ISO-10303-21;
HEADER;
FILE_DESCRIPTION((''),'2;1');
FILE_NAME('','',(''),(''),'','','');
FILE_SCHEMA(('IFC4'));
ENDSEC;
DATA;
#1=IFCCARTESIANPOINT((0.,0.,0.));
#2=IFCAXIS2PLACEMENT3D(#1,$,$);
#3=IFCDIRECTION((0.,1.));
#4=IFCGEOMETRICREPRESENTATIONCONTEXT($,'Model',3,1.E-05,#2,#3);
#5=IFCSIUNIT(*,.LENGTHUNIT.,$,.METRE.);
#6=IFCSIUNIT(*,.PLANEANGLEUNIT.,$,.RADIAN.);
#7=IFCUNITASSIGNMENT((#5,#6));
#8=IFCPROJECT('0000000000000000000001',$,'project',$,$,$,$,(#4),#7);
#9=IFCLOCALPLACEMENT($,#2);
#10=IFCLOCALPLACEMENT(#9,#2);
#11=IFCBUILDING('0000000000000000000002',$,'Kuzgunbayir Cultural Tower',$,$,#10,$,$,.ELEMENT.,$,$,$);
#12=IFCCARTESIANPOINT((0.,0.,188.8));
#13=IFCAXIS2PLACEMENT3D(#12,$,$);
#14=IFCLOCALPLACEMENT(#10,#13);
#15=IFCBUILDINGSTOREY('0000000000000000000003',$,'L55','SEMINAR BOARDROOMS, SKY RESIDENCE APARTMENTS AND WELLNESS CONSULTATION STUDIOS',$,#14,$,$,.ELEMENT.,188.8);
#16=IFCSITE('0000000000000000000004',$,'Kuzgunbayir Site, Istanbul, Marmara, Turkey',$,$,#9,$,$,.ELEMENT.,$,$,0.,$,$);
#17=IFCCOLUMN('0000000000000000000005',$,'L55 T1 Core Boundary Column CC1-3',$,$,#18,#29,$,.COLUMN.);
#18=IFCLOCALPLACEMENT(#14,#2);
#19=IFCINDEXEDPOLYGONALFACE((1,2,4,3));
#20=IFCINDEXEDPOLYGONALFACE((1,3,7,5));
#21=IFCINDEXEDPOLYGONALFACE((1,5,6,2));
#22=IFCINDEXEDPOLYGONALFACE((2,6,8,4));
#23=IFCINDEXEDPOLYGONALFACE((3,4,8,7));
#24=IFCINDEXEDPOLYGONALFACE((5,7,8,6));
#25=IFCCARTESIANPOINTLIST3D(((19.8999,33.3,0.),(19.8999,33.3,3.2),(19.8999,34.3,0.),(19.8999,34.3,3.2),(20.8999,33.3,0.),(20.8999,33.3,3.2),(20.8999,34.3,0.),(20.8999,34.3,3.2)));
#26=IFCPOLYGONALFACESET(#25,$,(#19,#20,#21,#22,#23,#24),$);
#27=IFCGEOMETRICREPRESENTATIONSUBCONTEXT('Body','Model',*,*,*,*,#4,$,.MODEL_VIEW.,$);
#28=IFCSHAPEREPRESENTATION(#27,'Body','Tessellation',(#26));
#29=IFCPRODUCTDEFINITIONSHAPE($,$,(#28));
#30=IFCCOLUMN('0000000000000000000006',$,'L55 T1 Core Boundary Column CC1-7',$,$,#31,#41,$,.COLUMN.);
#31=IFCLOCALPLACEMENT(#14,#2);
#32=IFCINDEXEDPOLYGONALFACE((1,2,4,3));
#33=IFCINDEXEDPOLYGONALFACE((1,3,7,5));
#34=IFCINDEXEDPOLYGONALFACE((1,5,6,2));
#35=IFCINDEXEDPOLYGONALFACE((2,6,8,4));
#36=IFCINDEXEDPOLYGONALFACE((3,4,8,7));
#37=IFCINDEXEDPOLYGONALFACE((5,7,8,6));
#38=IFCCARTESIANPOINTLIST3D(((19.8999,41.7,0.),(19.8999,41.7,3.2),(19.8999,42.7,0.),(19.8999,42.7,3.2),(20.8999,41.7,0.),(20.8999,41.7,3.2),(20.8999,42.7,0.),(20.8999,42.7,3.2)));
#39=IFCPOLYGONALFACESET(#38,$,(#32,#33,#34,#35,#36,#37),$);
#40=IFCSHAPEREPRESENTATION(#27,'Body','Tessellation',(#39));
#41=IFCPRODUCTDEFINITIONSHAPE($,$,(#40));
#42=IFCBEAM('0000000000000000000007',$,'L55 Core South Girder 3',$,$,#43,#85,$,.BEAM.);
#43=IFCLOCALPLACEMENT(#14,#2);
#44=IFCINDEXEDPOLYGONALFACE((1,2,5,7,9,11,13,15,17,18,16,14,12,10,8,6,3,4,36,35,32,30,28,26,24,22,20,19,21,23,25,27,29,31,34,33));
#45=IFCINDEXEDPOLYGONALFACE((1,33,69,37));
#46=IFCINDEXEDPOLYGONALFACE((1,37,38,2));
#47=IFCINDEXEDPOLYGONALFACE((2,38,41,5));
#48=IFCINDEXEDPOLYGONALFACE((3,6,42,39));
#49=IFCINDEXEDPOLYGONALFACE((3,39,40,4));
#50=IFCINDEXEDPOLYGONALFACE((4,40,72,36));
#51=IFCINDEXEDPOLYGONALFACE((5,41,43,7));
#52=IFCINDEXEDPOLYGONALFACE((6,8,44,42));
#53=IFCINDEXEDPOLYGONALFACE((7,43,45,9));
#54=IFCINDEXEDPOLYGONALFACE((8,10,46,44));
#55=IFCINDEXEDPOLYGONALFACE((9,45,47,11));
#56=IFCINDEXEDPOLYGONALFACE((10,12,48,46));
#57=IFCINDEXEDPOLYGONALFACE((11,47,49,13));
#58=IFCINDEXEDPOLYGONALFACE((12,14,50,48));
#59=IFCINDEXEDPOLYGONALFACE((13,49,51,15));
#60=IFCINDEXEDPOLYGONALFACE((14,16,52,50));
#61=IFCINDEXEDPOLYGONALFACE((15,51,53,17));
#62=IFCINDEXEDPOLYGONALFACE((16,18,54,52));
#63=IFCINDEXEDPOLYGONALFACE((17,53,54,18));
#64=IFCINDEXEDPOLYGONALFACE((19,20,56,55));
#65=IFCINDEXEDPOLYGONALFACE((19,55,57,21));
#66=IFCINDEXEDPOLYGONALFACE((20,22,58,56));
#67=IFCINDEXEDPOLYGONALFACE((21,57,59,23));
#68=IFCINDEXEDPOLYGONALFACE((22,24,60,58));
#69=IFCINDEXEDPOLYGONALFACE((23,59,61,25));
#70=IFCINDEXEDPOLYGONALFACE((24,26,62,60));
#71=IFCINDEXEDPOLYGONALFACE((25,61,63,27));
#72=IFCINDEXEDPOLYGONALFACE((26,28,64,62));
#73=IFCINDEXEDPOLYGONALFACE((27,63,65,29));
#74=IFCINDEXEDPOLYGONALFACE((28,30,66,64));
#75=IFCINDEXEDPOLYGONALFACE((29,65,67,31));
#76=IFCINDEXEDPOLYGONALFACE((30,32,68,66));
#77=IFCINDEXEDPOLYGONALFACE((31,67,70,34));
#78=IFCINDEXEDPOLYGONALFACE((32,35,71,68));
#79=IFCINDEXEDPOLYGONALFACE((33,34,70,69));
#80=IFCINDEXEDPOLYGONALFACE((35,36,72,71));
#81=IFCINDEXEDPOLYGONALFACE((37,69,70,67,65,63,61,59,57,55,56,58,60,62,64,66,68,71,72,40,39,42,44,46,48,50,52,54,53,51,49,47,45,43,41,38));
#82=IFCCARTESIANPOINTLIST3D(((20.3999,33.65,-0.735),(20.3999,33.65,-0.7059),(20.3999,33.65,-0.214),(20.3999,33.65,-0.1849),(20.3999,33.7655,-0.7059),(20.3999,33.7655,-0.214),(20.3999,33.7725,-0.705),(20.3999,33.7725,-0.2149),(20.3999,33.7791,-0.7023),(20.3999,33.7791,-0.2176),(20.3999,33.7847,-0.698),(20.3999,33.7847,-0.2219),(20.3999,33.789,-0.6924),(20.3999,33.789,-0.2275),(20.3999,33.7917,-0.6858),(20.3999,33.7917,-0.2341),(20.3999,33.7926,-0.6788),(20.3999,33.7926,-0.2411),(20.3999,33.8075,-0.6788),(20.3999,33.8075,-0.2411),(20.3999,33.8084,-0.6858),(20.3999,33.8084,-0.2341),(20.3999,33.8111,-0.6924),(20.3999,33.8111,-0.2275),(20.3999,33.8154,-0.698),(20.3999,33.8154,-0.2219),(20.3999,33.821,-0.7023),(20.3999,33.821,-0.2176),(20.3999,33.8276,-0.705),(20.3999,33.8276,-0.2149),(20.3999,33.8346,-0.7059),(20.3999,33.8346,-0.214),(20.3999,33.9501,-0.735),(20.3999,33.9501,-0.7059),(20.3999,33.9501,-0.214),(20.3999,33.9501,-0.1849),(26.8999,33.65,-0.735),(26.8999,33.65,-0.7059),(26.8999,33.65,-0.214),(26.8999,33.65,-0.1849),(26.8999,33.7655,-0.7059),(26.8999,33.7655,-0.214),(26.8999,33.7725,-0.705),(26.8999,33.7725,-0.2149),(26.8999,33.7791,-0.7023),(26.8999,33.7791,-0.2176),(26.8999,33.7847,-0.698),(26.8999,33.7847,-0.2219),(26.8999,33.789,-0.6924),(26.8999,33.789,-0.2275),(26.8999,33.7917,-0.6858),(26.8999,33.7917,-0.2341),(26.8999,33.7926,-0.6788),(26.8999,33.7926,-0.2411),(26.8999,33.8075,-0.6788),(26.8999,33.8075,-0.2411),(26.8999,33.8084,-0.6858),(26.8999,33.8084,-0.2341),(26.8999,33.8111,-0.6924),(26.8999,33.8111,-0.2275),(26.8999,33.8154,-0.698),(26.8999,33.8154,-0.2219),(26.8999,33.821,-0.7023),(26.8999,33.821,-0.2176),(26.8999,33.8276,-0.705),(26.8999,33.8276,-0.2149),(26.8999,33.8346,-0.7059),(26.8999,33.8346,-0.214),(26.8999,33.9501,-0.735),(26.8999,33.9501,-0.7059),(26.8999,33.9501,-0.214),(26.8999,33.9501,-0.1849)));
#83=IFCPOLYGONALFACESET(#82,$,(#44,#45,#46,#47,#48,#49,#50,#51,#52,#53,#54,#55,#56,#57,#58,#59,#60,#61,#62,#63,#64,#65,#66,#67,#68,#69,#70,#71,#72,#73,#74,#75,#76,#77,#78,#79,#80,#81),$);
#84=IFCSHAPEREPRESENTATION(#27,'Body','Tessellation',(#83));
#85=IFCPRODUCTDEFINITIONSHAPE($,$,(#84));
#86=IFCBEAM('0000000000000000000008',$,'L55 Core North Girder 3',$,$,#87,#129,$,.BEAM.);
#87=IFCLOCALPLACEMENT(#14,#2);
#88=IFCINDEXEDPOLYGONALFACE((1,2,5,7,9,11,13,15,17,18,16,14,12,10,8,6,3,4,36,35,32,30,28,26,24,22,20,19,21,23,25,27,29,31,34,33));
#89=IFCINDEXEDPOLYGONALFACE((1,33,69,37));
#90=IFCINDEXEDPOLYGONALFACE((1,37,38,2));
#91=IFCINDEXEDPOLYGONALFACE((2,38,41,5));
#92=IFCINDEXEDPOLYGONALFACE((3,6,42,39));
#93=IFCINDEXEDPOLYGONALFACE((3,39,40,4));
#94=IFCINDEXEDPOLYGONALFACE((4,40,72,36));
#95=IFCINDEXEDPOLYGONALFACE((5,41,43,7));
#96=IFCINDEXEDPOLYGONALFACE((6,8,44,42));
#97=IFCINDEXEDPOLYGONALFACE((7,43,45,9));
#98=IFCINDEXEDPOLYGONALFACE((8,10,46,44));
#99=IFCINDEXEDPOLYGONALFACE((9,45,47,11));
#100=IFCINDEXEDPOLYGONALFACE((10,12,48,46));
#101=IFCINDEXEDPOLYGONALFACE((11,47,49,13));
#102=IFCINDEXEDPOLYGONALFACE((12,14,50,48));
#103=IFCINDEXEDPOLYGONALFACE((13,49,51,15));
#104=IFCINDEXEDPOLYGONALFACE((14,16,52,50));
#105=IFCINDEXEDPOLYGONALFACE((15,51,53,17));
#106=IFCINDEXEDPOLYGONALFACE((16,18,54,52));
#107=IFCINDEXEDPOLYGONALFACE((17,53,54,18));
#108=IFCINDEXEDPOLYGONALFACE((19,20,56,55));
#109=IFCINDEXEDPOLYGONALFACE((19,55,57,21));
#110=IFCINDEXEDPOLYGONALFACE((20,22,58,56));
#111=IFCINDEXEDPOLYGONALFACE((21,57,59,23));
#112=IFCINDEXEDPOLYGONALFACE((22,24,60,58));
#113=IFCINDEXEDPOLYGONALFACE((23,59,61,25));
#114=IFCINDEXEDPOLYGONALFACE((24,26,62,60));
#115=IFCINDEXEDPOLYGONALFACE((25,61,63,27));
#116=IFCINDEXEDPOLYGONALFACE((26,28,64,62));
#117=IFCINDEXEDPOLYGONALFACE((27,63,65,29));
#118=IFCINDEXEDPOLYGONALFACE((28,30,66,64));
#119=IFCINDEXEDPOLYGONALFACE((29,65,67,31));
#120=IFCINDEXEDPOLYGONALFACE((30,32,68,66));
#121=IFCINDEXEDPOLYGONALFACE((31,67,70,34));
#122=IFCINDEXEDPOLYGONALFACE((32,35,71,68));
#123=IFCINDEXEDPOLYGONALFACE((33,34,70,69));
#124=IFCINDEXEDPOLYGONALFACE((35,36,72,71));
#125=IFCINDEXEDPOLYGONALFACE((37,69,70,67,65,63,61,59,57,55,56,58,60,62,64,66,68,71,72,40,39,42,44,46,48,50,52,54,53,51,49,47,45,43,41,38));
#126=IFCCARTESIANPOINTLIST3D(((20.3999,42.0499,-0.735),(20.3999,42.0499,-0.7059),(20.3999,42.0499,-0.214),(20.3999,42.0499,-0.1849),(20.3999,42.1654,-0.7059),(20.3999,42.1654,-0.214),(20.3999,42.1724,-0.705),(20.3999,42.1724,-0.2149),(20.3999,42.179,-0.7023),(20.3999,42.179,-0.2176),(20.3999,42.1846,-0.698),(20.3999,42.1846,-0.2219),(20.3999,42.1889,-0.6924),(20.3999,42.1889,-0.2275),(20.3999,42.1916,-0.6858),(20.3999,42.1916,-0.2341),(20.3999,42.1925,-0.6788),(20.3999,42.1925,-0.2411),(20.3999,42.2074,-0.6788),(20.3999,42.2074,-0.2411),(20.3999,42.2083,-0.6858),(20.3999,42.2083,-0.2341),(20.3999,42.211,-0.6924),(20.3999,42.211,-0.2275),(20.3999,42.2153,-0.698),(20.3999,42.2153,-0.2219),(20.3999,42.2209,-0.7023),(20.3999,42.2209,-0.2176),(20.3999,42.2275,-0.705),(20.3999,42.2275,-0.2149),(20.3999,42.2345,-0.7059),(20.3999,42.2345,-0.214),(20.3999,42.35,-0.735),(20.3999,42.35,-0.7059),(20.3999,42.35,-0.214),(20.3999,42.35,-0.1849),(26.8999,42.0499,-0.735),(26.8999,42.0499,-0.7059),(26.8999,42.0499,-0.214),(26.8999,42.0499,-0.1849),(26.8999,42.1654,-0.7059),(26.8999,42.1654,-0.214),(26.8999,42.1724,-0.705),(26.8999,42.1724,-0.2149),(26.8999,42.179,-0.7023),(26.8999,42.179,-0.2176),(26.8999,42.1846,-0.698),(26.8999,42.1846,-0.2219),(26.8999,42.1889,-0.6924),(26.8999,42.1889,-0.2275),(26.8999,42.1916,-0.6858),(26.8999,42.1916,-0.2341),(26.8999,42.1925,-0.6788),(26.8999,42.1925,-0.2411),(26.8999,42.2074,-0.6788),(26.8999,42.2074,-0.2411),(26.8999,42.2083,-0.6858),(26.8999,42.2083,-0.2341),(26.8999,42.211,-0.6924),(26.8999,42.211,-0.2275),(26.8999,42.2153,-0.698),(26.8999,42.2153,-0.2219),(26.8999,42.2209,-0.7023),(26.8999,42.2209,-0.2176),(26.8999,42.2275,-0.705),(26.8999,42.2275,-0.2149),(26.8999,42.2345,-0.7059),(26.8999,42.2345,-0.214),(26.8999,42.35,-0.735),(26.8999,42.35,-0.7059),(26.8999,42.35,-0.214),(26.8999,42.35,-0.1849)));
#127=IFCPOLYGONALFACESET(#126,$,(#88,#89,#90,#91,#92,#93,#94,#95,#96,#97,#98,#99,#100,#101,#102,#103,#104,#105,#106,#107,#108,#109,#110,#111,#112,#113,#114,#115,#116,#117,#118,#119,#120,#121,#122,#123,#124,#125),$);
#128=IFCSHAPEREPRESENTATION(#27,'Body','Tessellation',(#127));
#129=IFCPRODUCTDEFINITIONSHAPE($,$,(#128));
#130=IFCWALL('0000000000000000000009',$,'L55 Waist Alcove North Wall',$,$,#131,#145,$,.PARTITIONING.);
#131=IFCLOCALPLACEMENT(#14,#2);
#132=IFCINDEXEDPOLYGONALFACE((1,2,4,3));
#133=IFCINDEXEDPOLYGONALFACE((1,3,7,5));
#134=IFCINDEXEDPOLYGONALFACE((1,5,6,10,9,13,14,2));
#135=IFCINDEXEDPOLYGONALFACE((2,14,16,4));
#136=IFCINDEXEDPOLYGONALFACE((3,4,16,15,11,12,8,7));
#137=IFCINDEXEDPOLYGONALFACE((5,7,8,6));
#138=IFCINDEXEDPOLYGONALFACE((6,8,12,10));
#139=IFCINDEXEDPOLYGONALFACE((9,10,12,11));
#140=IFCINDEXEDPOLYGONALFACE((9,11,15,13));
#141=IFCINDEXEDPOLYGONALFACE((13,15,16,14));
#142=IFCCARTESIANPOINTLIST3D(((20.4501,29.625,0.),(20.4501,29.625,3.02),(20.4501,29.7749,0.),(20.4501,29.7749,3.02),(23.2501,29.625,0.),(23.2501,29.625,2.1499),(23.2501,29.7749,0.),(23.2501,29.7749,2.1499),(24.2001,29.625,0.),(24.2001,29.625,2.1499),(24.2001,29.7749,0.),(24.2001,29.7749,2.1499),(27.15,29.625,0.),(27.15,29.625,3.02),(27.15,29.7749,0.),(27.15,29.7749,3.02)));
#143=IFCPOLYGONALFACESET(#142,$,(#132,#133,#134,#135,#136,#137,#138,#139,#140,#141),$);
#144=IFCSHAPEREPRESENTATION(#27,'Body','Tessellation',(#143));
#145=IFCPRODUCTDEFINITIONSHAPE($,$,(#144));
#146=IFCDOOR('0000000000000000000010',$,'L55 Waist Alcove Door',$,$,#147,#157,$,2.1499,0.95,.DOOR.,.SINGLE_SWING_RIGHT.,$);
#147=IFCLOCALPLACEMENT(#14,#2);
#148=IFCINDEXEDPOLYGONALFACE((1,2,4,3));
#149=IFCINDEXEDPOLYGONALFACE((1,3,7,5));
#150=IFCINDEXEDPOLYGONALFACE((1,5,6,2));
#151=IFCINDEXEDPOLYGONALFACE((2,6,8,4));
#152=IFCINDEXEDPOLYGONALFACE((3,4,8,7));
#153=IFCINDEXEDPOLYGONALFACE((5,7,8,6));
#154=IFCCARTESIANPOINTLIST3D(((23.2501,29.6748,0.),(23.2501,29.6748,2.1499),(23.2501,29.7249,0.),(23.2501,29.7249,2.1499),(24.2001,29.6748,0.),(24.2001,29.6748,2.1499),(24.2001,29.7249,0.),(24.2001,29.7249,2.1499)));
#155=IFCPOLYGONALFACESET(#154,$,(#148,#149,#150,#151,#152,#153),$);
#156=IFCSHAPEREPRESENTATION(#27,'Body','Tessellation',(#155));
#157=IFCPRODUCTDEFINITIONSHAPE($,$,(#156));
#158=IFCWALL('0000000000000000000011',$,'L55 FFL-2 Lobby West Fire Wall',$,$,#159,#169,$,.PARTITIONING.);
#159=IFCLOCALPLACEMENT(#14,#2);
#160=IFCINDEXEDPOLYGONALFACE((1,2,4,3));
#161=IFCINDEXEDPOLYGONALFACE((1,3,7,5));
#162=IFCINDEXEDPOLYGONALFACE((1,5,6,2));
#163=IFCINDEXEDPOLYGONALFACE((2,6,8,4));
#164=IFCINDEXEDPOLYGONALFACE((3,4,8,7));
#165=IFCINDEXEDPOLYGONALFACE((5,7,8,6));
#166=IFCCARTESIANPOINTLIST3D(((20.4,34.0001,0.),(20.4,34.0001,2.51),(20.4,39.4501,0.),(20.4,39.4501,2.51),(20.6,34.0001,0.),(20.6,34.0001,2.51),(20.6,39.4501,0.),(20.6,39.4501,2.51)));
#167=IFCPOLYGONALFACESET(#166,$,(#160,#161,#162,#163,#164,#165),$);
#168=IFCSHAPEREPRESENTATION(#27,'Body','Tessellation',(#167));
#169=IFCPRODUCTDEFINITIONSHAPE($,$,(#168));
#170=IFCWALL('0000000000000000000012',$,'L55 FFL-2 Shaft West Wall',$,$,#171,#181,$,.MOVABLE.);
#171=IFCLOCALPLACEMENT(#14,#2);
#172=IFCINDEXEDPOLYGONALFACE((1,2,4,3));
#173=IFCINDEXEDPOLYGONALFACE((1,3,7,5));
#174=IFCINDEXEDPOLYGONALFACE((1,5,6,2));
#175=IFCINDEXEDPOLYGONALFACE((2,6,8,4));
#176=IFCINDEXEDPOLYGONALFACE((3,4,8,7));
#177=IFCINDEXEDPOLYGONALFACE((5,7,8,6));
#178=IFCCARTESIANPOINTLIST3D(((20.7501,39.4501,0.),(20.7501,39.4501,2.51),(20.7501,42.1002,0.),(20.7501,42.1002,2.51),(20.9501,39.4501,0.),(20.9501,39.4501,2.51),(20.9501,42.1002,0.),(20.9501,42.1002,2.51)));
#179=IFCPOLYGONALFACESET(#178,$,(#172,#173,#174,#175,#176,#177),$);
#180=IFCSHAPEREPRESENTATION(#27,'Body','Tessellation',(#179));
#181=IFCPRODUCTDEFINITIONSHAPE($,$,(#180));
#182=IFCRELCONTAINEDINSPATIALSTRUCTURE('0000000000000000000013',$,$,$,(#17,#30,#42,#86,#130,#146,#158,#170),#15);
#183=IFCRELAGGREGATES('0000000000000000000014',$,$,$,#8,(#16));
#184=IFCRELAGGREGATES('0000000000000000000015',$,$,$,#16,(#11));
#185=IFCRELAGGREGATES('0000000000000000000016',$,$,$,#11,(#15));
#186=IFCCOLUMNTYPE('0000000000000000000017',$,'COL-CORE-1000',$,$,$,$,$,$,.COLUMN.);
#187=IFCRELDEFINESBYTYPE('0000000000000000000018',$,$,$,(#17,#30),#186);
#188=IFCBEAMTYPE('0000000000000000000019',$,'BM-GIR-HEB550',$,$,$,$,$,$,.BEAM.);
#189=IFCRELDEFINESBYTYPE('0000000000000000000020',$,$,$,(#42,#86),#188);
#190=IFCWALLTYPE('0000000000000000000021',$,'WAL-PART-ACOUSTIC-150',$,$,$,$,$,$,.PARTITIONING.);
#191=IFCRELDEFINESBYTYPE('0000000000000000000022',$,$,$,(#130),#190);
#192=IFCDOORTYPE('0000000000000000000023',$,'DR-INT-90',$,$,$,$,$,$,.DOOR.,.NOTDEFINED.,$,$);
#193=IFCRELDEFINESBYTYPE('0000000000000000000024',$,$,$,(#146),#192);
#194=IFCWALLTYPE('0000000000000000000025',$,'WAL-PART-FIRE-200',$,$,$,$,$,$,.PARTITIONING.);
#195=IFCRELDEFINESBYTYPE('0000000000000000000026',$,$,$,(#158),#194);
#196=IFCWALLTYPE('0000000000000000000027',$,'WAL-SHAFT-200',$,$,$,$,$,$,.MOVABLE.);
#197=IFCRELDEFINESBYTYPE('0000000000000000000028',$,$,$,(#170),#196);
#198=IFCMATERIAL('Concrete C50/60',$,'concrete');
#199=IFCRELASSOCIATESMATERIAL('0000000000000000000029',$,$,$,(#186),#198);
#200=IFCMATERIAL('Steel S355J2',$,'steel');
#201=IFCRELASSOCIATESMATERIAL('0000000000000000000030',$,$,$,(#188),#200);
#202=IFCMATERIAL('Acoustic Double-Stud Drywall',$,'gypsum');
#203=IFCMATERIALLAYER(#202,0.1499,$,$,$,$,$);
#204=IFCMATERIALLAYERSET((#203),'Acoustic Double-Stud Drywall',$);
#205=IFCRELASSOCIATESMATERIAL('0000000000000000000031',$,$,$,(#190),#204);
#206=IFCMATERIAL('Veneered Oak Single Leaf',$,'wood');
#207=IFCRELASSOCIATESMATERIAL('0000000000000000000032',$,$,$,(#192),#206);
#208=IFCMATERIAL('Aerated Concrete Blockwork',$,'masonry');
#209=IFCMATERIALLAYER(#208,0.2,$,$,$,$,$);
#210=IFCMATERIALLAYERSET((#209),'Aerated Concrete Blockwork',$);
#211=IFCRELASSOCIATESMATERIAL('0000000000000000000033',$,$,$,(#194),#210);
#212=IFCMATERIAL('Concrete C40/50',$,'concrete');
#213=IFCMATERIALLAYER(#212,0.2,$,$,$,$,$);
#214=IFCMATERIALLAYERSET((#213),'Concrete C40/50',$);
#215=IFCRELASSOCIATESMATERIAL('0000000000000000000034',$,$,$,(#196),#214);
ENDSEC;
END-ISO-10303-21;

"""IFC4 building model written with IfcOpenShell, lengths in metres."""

from ifc_helpers import new_model, si_unit, direction, frame, frame_2d, origin, origin_2d, place, context, subcontext, project, spatial, rectangle, i_section, extrude, material, layer, layer_set, material_profile, profile_set, type_object, element, fill, save


model = new_model("IFC4")

# Units and contexts
model_context = context("Model", 3, precision=1e-05, world=origin(), true_north=direction((0.0, 1.0)))
body_context = subcontext(model_context, "Body", "Model", "MODEL_VIEW")
ifc_project = project(units=[si_unit("LENGTHUNIT", "METRE"), si_unit("PLANEANGLEUNIT", "RADIAN")], contexts=[model_context])

# Site, building, storey
site_placement = place(None, origin())
site = spatial("IfcSite", under=ifc_project, at=site_placement, Name="Kuzgunbayir Site, Istanbul, Marmara, Turkey", CompositionType="ELEMENT", RefElevation=0.0)
building_placement = place(site_placement, origin())
building = spatial("IfcBuilding", under=site, at=building_placement, Name="Kuzgunbayir Cultural Tower", CompositionType="ELEMENT")
storey_placement = place(building_placement, frame((0.0, 0.0, 188.8)))
storey = spatial("IfcBuildingStorey", under=building, at=storey_placement, Name="L55", Description="SEMINAR BOARDROOMS, SKY RESIDENCE APARTMENTS AND WELLNESS CONSULTATION STUDIOS", CompositionType="ELEMENT", Elevation=188.8)

# Columns
ifc_material_1 = material(Name="Concrete C50/60", Category="concrete")
ifc_material_profile_1 = material_profile(ifc_material_1, rectangle(XDim=1.0, YDim=1.0, at=origin_2d()), Name="RC 1000x1000")
ifc_profile_set_1 = profile_set([ifc_material_profile_1], Name="Concrete C50/60")
column_type = type_object("IfcColumnType", Name="COL-CORE-1000", PredefinedType="COLUMN", material=ifc_profile_set_1)
for number, where, z_axis, x_axis, name in (
    (1, (20.3999, 33.8, 0.0), (0.0, 0.0, 1.0), (1.0, 0.0, 0.0), "L55 T1 Core Boundary Column CC1-3"),
    (2, (20.3999, 42.2, 0.0), (0.0, 0.0, 1.0), (1.0, 0.0, 0.0), "L55 T1 Core Boundary Column CC1-7"),
):
    element("IfcColumn", number, at=place(storey_placement, frame(where, z_axis=z_axis, x_axis=x_axis)), inside=storey, type_object=column_type, Name=name, PredefinedType="COLUMN", context=body_context, shape_type="SweptSolid", body=[
        extrude(rectangle(XDim=1.0, YDim=1.0, at=origin_2d()), origin(), (0.0, 0.0, 1.0), 3.2),
    ])

# Beams
ifc_material_2 = material(Name="Steel S355J2", Category="steel")
ifc_material_profile_2 = material_profile(ifc_material_2, i_section(OverallWidth=0.3, OverallDepth=0.55, WebThickness=0.0149, FlangeThickness=0.0291, FilletRadius=0.0271, at=origin_2d()), Name="HEB 550")
ifc_profile_set_2 = profile_set([ifc_material_profile_2], Name="Steel S355J2")
beam_type = type_object("IfcBeamType", Name="BM-GIR-HEB550", PredefinedType="BEAM", material=ifc_profile_set_2)
for number, where, z_axis, x_axis, name in (
    (3, (20.3999, 33.8, -0.46), (1.0, 0.0, 0.0), (0.0, 1.0, 0.0), "L55 Core South Girder 3"),
    (4, (20.3999, 42.2, -0.46), (1.0, 0.0, 0.0), (0.0, 1.0, 0.0), "L55 Core North Girder 3"),
):
    element("IfcBeam", number, at=place(storey_placement, frame(where, z_axis=z_axis, x_axis=x_axis)), inside=storey, type_object=beam_type, Name=name, PredefinedType="BEAM", context=body_context, shape_type="SweptSolid", body=[
        extrude(i_section(OverallWidth=0.3, OverallDepth=0.55, WebThickness=0.0149, FlangeThickness=0.0291, FilletRadius=0.0271, at=origin_2d()), origin(), (0.0, 0.0, 1.0), 6.5),
    ])

# Wall, opening, door
ifc_material_3 = material(Name="Acoustic Double-Stud Drywall", Category="gypsum")
ifc_layer_1 = layer(ifc_material_3, 0.1499)
ifc_layer_set_1 = layer_set([ifc_layer_1], Name="Acoustic Double-Stud Drywall")
wall_type_1 = type_object("IfcWallType", Name="WAL-PART-ACOUSTIC-150", PredefinedType="PARTITIONING", material=ifc_layer_set_1)
wall_1_placement = place(storey_placement, frame((20.45, 29.7, 0.0), z_axis=(0.0, 0.0, 1.0), x_axis=(1.0, 0.0, 0.0)))
wall_1 = element("IfcWall", 5, at=wall_1_placement, inside=storey, type_object=wall_type_1, Name="L55 Waist Alcove North Wall", PredefinedType="PARTITIONING", context=body_context, shape_type="SweptSolid", body=[
    extrude(rectangle(XDim=6.7, YDim=0.1499, at=frame_2d((3.3501, 0.0))), origin(), (0.0, 0.0, 1.0), 3.02),
])
opening_1_placement = place(wall_1_placement, frame((2.8, 0.0, 0.0)))
opening_1 = element("IfcOpeningElement", 6, at=opening_1_placement, cuts=wall_1, PredefinedType="OPENING", context=body_context, shape_type="SweptSolid", body=[
    extrude(rectangle(XDim=0.95, YDim=2.1499, at=frame_2d((0.4751, 1.075))), frame((0.0, 0.085, 0.0), z_axis=(0.0, -1.0, 0.0), x_axis=(1.0, 0.0, 0.0)), (0.0, 0.0, 1.0), 0.1699),
])
ifc_material_4 = material(Name="Veneered Oak Single Leaf", Category="wood")
door_type_1 = type_object("IfcDoorType", Name="DR-INT-90", OperationType="NOTDEFINED", PredefinedType="DOOR", material=ifc_material_4)
door_1_placement = place(opening_1_placement, origin())
door_1 = element("IfcDoor", 7, at=door_1_placement, inside=storey, type_object=door_type_1, Name="L55 Waist Alcove Door", OperationType="SINGLE_SWING_RIGHT", OverallHeight=2.1499, OverallWidth=0.95, PredefinedType="DOOR", context=body_context, shape_type="SweptSolid", body=[
    extrude(rectangle(XDim=0.95, YDim=2.1499, at=frame_2d((0.4751, 1.075))), frame((0.0, 0.0249, 0.0), z_axis=(0.0, -1.0, 0.0), x_axis=(1.0, 0.0, 0.0)), (0.0, 0.0, 1.0), 0.05),
])
fill(opening_1, door_1)

# Wall
ifc_material_5 = material(Name="Aerated Concrete Blockwork", Category="masonry")
ifc_layer_2 = layer(ifc_material_5, 0.2)
ifc_layer_set_2 = layer_set([ifc_layer_2], Name="Aerated Concrete Blockwork")
wall_type_2 = type_object("IfcWallType", Name="WAL-PART-FIRE-200", PredefinedType="PARTITIONING", material=ifc_layer_set_2)
wall_2_placement = place(storey_placement, frame((20.5, 34.0, 0.0), z_axis=(0.0, 0.0, 1.0), x_axis=(0.0, 1.0, 0.0)))
element("IfcWall", 8, at=wall_2_placement, inside=storey, type_object=wall_type_2, Name="L55 FFL-2 Lobby West Fire Wall", PredefinedType="PARTITIONING", context=body_context, shape_type="SweptSolid", body=[
    extrude(rectangle(XDim=5.45, YDim=0.2, at=frame_2d((2.7251, 0.0))), origin(), (0.0, 0.0, 1.0), 2.51),
])

# Shared definitions
ifc_material_6 = material(Name="Concrete C40/50", Category="concrete")
ifc_layer_3 = layer(ifc_material_6, 0.2)
ifc_layer_set_3 = layer_set([ifc_layer_3], Name="Concrete C40/50")
wall_type_3 = type_object("IfcWallType", Name="WAL-SHAFT-200", PredefinedType="MOVABLE", material=ifc_layer_set_3)

# Wall
for number, where, z_axis, x_axis, name in (
    (9, (20.8501, 39.45, 0.0), (0.0, 0.0, 1.0), (0.0, 1.0, 0.0), "L55 FFL-2 Shaft West Wall"),
):
    element("IfcWall", number, at=place(storey_placement, frame(where, z_axis=z_axis, x_axis=x_axis)), inside=storey, type_object=wall_type_3, Name=name, PredefinedType="MOVABLE", context=body_context, shape_type="SweptSolid", body=[
        extrude(rectangle(XDim=2.6501, YDim=0.2, at=frame_2d((1.3252, 0.0))), origin(), (0.0, 0.0, 1.0), 2.51),
    ])

save(model, "model.ifc")
